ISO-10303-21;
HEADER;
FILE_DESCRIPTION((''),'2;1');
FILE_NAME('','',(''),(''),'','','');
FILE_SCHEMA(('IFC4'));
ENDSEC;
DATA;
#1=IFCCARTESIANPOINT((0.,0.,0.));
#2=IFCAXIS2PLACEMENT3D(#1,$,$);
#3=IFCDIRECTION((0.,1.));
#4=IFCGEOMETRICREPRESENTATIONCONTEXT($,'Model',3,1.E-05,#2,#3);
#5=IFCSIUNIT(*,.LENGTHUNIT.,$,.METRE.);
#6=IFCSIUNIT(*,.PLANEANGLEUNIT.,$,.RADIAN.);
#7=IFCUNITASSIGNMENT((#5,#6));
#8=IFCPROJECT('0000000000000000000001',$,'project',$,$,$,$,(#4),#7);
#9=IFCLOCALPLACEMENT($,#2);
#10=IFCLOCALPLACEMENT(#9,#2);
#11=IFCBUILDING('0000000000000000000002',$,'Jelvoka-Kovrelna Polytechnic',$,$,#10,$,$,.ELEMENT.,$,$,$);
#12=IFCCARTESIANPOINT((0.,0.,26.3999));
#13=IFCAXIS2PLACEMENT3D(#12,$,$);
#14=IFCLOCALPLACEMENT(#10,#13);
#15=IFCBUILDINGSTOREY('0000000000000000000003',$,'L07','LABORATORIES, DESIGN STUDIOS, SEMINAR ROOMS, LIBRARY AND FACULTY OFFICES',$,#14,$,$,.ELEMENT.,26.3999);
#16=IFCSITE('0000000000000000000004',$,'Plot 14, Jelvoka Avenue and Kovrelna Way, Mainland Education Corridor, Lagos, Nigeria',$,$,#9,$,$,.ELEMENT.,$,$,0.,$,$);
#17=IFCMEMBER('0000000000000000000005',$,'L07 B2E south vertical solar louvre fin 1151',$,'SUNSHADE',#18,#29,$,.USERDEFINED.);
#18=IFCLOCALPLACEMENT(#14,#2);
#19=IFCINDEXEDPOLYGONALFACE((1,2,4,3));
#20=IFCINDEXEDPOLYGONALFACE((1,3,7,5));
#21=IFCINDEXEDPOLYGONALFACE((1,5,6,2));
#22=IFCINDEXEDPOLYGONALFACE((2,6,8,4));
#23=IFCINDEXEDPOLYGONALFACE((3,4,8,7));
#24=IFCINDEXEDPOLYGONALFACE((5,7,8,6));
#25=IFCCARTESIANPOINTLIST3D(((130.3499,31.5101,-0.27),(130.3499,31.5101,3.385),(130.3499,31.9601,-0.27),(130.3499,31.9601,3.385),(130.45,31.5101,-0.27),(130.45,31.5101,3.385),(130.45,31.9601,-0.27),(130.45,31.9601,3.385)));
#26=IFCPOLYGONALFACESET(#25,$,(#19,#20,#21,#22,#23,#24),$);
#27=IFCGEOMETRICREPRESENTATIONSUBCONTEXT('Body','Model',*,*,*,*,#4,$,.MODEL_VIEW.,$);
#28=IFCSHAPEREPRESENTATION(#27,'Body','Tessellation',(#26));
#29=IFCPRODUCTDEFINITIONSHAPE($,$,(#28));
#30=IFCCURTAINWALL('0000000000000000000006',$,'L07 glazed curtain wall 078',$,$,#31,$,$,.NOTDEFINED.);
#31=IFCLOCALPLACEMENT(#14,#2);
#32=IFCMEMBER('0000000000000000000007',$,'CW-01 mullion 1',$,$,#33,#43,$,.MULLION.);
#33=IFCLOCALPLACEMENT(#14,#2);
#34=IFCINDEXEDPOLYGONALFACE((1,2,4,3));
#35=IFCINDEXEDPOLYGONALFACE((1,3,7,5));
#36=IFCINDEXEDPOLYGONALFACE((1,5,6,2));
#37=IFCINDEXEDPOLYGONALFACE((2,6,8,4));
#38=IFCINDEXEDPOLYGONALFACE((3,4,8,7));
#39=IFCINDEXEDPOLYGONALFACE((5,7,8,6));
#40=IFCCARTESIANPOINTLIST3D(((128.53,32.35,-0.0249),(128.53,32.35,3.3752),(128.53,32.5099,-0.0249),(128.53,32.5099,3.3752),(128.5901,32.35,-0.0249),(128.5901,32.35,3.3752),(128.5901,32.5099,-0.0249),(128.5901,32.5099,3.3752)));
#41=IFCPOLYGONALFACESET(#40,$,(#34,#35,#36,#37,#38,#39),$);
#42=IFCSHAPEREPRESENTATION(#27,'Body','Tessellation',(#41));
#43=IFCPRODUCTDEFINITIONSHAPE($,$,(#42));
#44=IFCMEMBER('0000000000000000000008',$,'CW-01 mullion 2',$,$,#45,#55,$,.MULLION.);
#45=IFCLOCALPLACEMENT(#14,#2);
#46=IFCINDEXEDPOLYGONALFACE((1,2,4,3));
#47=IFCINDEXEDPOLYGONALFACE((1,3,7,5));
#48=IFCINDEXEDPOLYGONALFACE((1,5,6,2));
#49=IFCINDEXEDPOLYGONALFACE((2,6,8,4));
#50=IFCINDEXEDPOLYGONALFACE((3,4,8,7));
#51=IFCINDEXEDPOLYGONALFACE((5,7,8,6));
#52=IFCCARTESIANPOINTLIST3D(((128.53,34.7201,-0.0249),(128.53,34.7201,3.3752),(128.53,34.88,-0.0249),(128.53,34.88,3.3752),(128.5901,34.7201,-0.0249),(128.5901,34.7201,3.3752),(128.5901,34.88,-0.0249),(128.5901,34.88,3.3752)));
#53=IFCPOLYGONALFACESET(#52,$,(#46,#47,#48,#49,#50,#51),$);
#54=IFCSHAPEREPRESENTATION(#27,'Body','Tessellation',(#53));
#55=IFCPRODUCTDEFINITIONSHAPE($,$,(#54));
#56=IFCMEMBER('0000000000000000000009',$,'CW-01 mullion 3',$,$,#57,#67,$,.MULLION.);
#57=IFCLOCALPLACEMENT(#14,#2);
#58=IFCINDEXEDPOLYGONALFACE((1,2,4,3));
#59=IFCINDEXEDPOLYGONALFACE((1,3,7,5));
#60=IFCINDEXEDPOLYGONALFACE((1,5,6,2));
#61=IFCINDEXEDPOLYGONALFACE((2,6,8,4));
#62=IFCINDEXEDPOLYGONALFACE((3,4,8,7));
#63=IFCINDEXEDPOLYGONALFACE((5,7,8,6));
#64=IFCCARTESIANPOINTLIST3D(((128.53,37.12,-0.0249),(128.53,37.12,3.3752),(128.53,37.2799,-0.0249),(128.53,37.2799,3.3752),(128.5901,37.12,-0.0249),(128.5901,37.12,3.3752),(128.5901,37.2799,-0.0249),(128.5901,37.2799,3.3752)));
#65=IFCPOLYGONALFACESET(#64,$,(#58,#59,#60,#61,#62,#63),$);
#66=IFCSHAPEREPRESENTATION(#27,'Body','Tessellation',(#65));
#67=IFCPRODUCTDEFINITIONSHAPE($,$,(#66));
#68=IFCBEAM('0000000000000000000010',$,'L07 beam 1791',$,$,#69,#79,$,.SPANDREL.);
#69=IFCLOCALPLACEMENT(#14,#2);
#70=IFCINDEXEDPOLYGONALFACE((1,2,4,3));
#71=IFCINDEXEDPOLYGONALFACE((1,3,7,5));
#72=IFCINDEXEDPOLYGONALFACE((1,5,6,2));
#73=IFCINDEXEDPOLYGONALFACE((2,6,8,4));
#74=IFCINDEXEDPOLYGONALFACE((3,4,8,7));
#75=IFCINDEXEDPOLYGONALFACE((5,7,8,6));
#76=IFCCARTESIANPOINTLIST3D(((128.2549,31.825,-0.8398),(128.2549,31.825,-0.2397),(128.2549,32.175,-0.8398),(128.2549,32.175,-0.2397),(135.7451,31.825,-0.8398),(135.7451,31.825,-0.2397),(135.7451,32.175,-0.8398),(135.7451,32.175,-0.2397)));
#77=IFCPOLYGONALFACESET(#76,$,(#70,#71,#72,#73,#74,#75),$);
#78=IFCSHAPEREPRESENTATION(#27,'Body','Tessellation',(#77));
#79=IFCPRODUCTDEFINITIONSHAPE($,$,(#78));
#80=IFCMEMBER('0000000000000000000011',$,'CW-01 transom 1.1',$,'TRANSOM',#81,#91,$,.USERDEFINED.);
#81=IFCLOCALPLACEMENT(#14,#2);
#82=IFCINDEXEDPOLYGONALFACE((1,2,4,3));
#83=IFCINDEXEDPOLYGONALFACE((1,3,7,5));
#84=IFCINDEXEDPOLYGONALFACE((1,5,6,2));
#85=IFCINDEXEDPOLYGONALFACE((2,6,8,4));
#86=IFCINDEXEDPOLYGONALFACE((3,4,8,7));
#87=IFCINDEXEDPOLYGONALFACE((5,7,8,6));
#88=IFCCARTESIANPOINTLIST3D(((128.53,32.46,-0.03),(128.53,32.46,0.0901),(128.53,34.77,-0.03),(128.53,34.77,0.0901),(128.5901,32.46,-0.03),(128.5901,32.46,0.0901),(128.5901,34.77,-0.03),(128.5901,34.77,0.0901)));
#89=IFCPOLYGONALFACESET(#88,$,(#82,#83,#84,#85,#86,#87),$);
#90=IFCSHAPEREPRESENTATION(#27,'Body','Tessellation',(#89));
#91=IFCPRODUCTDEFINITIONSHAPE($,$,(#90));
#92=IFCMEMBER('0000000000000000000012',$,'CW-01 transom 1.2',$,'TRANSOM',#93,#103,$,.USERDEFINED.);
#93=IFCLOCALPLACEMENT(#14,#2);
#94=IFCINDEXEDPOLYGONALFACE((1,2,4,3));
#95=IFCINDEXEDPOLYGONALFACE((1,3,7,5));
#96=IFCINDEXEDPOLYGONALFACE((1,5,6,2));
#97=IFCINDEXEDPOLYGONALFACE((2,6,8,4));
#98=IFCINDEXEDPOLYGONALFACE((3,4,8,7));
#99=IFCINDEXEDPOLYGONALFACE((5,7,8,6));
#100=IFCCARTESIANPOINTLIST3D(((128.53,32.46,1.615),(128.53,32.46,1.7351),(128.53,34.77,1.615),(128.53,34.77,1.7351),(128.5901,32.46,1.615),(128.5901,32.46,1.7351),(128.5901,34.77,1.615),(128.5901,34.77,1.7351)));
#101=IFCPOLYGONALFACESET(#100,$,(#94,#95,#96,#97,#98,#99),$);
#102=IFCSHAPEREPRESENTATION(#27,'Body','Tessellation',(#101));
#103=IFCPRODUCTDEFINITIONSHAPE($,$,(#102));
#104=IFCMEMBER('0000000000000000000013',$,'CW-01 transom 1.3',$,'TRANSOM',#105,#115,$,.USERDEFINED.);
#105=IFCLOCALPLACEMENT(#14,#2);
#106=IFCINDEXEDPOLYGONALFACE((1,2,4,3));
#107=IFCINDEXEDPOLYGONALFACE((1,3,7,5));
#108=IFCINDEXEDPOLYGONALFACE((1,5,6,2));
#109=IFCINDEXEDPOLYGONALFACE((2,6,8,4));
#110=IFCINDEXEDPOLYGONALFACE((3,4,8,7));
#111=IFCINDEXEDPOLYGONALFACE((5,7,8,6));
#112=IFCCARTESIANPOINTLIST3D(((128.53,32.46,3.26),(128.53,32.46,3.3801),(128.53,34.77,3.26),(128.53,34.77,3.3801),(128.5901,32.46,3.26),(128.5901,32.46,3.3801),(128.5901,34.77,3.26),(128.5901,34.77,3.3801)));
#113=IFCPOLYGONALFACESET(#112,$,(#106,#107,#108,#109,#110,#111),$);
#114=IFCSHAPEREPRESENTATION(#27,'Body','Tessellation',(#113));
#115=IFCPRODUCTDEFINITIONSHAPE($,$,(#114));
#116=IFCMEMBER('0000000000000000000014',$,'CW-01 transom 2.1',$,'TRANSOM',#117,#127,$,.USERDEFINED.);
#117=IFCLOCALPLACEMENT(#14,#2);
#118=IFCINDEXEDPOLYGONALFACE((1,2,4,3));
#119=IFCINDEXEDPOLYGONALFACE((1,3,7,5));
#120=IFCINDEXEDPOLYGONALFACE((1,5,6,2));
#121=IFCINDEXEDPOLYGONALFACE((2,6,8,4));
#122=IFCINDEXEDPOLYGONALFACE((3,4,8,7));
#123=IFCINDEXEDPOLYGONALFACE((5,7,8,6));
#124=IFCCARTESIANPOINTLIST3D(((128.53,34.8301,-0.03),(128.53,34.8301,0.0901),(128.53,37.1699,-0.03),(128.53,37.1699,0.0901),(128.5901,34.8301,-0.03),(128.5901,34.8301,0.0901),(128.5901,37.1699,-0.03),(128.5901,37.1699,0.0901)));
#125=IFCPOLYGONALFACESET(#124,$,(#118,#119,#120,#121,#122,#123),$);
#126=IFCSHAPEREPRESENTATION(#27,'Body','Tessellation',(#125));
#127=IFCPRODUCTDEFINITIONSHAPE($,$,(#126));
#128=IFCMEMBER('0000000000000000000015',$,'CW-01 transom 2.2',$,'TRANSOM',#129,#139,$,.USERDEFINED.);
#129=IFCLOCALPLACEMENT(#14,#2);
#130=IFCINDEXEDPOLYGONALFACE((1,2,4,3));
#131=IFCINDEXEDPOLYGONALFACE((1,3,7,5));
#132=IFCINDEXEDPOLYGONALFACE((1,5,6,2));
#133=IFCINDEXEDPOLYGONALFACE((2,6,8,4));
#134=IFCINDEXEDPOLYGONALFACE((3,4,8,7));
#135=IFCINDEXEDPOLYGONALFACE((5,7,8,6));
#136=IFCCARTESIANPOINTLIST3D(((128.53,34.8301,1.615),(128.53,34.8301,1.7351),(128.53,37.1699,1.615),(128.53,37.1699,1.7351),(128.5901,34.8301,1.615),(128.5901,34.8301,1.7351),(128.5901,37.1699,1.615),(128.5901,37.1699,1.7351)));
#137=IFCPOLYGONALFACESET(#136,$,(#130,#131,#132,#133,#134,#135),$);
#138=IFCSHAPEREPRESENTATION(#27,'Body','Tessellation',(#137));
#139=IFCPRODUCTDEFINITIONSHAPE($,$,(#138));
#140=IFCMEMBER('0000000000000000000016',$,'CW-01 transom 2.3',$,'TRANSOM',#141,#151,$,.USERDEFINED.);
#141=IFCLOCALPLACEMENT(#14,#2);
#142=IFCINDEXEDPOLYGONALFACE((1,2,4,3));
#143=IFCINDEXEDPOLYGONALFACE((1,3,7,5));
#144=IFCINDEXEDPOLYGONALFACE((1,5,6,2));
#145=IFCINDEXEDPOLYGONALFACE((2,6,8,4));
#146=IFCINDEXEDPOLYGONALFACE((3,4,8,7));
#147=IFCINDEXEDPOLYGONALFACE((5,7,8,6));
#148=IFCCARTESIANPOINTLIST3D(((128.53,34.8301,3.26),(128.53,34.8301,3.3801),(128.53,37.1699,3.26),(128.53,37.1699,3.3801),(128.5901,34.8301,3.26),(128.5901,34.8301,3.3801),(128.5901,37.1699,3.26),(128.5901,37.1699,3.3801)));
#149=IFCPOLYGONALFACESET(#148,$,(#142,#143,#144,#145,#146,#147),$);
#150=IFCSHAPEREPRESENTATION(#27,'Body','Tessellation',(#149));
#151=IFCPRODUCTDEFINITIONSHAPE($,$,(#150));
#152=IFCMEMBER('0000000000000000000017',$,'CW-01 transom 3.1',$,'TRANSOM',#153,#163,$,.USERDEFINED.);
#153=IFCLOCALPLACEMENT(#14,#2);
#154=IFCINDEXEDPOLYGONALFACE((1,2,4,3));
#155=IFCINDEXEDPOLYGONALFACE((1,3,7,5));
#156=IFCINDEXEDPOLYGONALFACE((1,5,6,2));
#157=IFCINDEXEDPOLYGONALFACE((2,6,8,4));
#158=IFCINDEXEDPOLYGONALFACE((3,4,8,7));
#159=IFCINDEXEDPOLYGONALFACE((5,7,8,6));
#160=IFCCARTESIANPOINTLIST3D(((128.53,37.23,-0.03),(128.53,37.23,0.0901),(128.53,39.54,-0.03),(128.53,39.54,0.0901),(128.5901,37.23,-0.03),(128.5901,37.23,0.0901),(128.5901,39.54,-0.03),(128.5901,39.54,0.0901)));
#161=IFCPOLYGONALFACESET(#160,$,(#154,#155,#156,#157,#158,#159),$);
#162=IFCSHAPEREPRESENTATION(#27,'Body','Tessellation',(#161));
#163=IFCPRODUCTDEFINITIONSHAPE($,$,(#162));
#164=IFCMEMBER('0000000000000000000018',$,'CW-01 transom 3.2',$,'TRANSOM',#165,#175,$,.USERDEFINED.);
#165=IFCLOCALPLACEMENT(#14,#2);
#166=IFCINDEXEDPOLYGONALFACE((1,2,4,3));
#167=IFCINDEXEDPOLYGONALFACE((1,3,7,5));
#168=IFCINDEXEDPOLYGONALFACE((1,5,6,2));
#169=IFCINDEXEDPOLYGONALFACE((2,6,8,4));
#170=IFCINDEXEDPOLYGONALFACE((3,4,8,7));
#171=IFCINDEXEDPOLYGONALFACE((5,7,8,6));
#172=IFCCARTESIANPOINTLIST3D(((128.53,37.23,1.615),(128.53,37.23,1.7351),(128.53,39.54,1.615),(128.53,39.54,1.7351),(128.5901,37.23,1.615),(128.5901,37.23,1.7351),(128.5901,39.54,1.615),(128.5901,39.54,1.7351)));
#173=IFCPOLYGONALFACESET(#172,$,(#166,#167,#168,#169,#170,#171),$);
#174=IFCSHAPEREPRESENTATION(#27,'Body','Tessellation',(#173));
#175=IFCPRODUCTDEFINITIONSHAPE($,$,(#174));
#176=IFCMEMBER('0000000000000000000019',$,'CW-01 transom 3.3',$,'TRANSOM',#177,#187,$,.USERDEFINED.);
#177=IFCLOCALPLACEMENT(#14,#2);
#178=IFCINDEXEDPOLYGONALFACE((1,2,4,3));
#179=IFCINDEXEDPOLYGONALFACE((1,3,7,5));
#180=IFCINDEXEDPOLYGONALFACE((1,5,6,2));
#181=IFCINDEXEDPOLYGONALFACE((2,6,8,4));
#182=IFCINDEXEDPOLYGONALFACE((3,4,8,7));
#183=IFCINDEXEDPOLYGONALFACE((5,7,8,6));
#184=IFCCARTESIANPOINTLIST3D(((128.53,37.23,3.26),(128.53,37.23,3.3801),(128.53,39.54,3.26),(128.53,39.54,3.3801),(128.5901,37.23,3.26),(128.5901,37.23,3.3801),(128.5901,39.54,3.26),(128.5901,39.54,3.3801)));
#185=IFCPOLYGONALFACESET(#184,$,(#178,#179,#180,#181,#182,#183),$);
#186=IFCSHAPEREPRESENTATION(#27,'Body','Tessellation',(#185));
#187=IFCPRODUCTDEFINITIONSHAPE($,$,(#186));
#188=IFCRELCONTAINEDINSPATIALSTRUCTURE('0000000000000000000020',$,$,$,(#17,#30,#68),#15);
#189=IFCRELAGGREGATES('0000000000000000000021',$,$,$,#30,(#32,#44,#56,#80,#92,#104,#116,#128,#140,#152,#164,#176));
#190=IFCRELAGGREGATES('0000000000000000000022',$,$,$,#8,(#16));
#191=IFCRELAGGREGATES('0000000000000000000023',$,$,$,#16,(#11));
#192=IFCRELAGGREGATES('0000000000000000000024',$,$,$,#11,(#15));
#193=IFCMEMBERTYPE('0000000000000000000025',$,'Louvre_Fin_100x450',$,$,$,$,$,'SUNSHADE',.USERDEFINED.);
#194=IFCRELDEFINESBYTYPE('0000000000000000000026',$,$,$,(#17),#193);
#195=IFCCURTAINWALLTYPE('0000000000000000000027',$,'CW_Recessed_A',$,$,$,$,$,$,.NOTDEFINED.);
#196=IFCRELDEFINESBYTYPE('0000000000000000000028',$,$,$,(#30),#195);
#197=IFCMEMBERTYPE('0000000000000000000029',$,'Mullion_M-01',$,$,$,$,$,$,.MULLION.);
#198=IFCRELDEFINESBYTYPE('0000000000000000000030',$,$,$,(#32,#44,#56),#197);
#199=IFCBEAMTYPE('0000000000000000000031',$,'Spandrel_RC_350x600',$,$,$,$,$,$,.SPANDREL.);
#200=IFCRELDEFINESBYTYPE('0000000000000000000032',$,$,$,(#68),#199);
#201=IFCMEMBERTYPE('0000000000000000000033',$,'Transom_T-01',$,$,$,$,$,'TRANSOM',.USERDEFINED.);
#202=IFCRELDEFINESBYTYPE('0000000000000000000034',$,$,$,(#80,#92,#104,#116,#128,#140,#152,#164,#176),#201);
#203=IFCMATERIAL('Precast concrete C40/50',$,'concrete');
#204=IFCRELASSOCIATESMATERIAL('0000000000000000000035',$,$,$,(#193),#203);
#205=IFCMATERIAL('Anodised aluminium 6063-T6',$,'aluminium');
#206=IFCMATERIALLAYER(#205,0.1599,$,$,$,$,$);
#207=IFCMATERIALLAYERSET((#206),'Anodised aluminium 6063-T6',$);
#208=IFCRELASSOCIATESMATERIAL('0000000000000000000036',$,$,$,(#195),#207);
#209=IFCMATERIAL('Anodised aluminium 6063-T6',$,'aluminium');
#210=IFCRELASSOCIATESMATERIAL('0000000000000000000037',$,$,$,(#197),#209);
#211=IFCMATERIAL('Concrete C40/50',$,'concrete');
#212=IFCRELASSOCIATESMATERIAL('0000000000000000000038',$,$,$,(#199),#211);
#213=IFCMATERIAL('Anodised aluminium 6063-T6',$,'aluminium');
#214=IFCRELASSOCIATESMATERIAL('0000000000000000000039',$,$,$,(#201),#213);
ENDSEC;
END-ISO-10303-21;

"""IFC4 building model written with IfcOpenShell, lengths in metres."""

from ifc_helpers import new_model, si_unit, direction, frame, origin, origin_2d, place, context, subcontext, project, spatial, rectangle, extrude, material, layer, layer_set, material_profile, profile_set, type_object, element, aggregate, save


model = new_model("IFC4")

# Units and contexts
model_context = context("Model", 3, precision=1e-05, world=origin(), true_north=direction((0.0, 1.0)))
body_context = subcontext(model_context, "Body", "Model", "MODEL_VIEW")
ifc_project = project(units=[si_unit("LENGTHUNIT", "METRE"), si_unit("PLANEANGLEUNIT", "RADIAN")], contexts=[model_context])

# Site, building, storey
site_placement = place(None, origin())
site = spatial("IfcSite", under=ifc_project, at=site_placement, Name="Plot 14, Jelvoka Avenue and Kovrelna Way, Mainland Education Corridor, Lagos, Nigeria", CompositionType="ELEMENT", RefElevation=0.0)
building_placement = place(site_placement, origin())
building = spatial("IfcBuilding", under=site, at=building_placement, Name="Jelvoka-Kovrelna Polytechnic", CompositionType="ELEMENT")
storey_placement = place(building_placement, frame((0.0, 0.0, 26.3999)))
storey = spatial("IfcBuildingStorey", under=building, at=storey_placement, Name="L07", Description="LABORATORIES, DESIGN STUDIOS, SEMINAR ROOMS, LIBRARY AND FACULTY OFFICES", CompositionType="ELEMENT", Elevation=26.3999)

# Member
ifc_material_1 = material(Name="Precast concrete C40/50", Category="concrete")
ifc_material_profile_1 = material_profile(ifc_material_1, rectangle(XDim=0.1001, YDim=0.45, at=origin_2d()), Name="PC 100x450")
ifc_profile_set_1 = profile_set([ifc_material_profile_1], Name="Precast concrete C40/50")
member_type_1 = type_object("IfcMemberType", Name="Louvre_Fin_100x450", ElementType="SUNSHADE", PredefinedType="USERDEFINED", material=ifc_profile_set_1)
member_1_placement = place(storey_placement, frame((130.3999, 31.7351, -0.27), z_axis=(0.0, 0.0, 1.0), x_axis=(1.0, 0.0, 0.0)))
element("IfcMember", 1, at=member_1_placement, inside=storey, type_object=member_type_1, Name="L07 B2E south vertical solar louvre fin 1151", ObjectType="SUNSHADE", PredefinedType="USERDEFINED", context=body_context, shape_type="SweptSolid", body=[
    extrude(rectangle(XDim=0.1001, YDim=0.45, at=origin_2d()), origin(), (0.0, 0.0, 1.0), 3.655),
])

# Curtain wall, members
ifc_material_2 = material(Name="Anodised aluminium 6063-T6", Category="aluminium")
ifc_layer_1 = layer(ifc_material_2, 0.1599)
ifc_layer_set_1 = layer_set([ifc_layer_1], Name="Anodised aluminium 6063-T6")
curtain_wall_type = type_object("IfcCurtainWallType", Name="CW_Recessed_A", PredefinedType="NOTDEFINED", material=ifc_layer_set_1)
curtain_wall_placement = place(storey_placement, origin())
curtain_wall = element("IfcCurtainWall", 2, at=curtain_wall_placement, inside=storey, type_object=curtain_wall_type, Name="L07 glazed curtain wall 078", PredefinedType="NOTDEFINED")
ifc_material_3 = material(Name="Anodised aluminium 6063-T6", Category="aluminium")
ifc_material_profile_2 = material_profile(ifc_material_3, rectangle(XDim=0.0601, YDim=0.1599, at=origin_2d()), Name="ALU 60x160")
ifc_profile_set_2 = profile_set([ifc_material_profile_2], Name="Anodised aluminium 6063-T6")
member_type_2 = type_object("IfcMemberType", Name="Mullion_M-01", PredefinedType="MULLION", material=ifc_profile_set_2)
member_2_placement = place(storey_placement, frame((128.5601, 32.4299, -0.0249), z_axis=(0.0, 0.0, 1.0), x_axis=(-1.0, 0.0, 0.0)))
member_2 = element("IfcMember", 3, at=member_2_placement, type_object=member_type_2, Name="CW-01 mullion 1", PredefinedType="MULLION", context=body_context, shape_type="SweptSolid", body=[
    extrude(rectangle(XDim=0.0601, YDim=0.1599, at=origin_2d()), origin(), (0.0, 0.0, 1.0), 3.4001),
])
member_3_placement = place(storey_placement, frame((128.5601, 34.8, -0.0249), z_axis=(0.0, 0.0, 1.0), x_axis=(-1.0, 0.0, 0.0)))
member_3 = element("IfcMember", 4, at=member_3_placement, type_object=member_type_2, Name="CW-01 mullion 2", PredefinedType="MULLION", context=body_context, shape_type="SweptSolid", body=[
    extrude(rectangle(XDim=0.0601, YDim=0.1599, at=origin_2d()), origin(), (0.0, 0.0, 1.0), 3.4001),
])
member_4_placement = place(storey_placement, frame((128.5601, 37.2, -0.0249), z_axis=(0.0, 0.0, 1.0), x_axis=(-1.0, 0.0, 0.0)))
member_4 = element("IfcMember", 5, at=member_4_placement, type_object=member_type_2, Name="CW-01 mullion 3", PredefinedType="MULLION", context=body_context, shape_type="SweptSolid", body=[
    extrude(rectangle(XDim=0.0601, YDim=0.1599, at=origin_2d()), origin(), (0.0, 0.0, 1.0), 3.4001),
])

# Beam
ifc_material_4 = material(Name="Concrete C40/50", Category="concrete")
ifc_material_profile_3 = material_profile(ifc_material_4, rectangle(XDim=0.3501, YDim=0.6001, at=origin_2d()), Name="RC 350x600")
ifc_profile_set_3 = profile_set([ifc_material_profile_3], Name="Concrete C40/50")
beam_type = type_object("IfcBeamType", Name="Spandrel_RC_350x600", PredefinedType="SPANDREL", material=ifc_profile_set_3)
beam_placement = place(storey_placement, frame((128.2549, 32.0, -0.5398), z_axis=(1.0, 0.0, 0.0), x_axis=(0.0, 1.0, 0.0)))
element("IfcBeam", 6, at=beam_placement, inside=storey, type_object=beam_type, Name="L07 beam 1791", PredefinedType="SPANDREL", context=body_context, shape_type="SweptSolid", body=[
    extrude(rectangle(XDim=0.3501, YDim=0.6001, at=origin_2d()), origin(), (0.0, 0.0, 1.0), 7.4902),
])

# Members
ifc_material_5 = material(Name="Anodised aluminium 6063-T6", Category="aluminium")
ifc_material_profile_4 = material_profile(ifc_material_5, rectangle(XDim=0.0601, YDim=0.1201, at=origin_2d()), Name="ALU 60x120")
ifc_profile_set_4 = profile_set([ifc_material_profile_4], Name="Anodised aluminium 6063-T6")
member_type_3 = type_object("IfcMemberType", Name="Transom_T-01", ElementType="TRANSOM", PredefinedType="USERDEFINED", material=ifc_profile_set_4)
member_5_placement = place(storey_placement, frame((128.5601, 32.46, 0.03), z_axis=(0.0, 1.0, 0.0), x_axis=(-1.0, 0.0, 0.0)))
member_5 = element("IfcMember", 7, at=member_5_placement, type_object=member_type_3, Name="CW-01 transom 1.1", ObjectType="TRANSOM", PredefinedType="USERDEFINED", context=body_context, shape_type="SweptSolid", body=[
    extrude(rectangle(XDim=0.0601, YDim=0.1201, at=origin_2d()), origin(), (0.0, 0.0, 1.0), 2.3101),
])
member_6_placement = place(storey_placement, frame((128.5601, 32.46, 1.675), z_axis=(0.0, 1.0, 0.0), x_axis=(-1.0, 0.0, 0.0)))
member_6 = element("IfcMember", 8, at=member_6_placement, type_object=member_type_3, Name="CW-01 transom 1.2", ObjectType="TRANSOM", PredefinedType="USERDEFINED", context=body_context, shape_type="SweptSolid", body=[
    extrude(rectangle(XDim=0.0601, YDim=0.1201, at=origin_2d()), origin(), (0.0, 0.0, 1.0), 2.3101),
])
member_7_placement = place(storey_placement, frame((128.5601, 32.46, 3.3201), z_axis=(0.0, 1.0, 0.0), x_axis=(-1.0, 0.0, 0.0)))
member_7 = element("IfcMember", 9, at=member_7_placement, type_object=member_type_3, Name="CW-01 transom 1.3", ObjectType="TRANSOM", PredefinedType="USERDEFINED", context=body_context, shape_type="SweptSolid", body=[
    extrude(rectangle(XDim=0.0601, YDim=0.1201, at=origin_2d()), origin(), (0.0, 0.0, 1.0), 2.3101),
])
member_8_placement = place(storey_placement, frame((128.5601, 34.8301, 0.03), z_axis=(0.0, 1.0, 0.0), x_axis=(-1.0, 0.0, 0.0)))
member_8 = element("IfcMember", 10, at=member_8_placement, type_object=member_type_3, Name="CW-01 transom 2.1", ObjectType="TRANSOM", PredefinedType="USERDEFINED", context=body_context, shape_type="SweptSolid", body=[
    extrude(rectangle(XDim=0.0601, YDim=0.1201, at=origin_2d()), origin(), (0.0, 0.0, 1.0), 2.3398),
])
member_9_placement = place(storey_placement, frame((128.5601, 34.8301, 1.675), z_axis=(0.0, 1.0, 0.0), x_axis=(-1.0, 0.0, 0.0)))
member_9 = element("IfcMember", 11, at=member_9_placement, type_object=member_type_3, Name="CW-01 transom 2.2", ObjectType="TRANSOM", PredefinedType="USERDEFINED", context=body_context, shape_type="SweptSolid", body=[
    extrude(rectangle(XDim=0.0601, YDim=0.1201, at=origin_2d()), origin(), (0.0, 0.0, 1.0), 2.3398),
])
member_10_placement = place(storey_placement, frame((128.5601, 34.8301, 3.3201), z_axis=(0.0, 1.0, 0.0), x_axis=(-1.0, 0.0, 0.0)))
member_10 = element("IfcMember", 12, at=member_10_placement, type_object=member_type_3, Name="CW-01 transom 2.3", ObjectType="TRANSOM", PredefinedType="USERDEFINED", context=body_context, shape_type="SweptSolid", body=[
    extrude(rectangle(XDim=0.0601, YDim=0.1201, at=origin_2d()), origin(), (0.0, 0.0, 1.0), 2.3398),
])
member_11_placement = place(storey_placement, frame((128.5601, 37.23, 0.03), z_axis=(0.0, 1.0, 0.0), x_axis=(-1.0, 0.0, 0.0)))
member_11 = element("IfcMember", 13, at=member_11_placement, type_object=member_type_3, Name="CW-01 transom 3.1", ObjectType="TRANSOM", PredefinedType="USERDEFINED", context=body_context, shape_type="SweptSolid", body=[
    extrude(rectangle(XDim=0.0601, YDim=0.1201, at=origin_2d()), origin(), (0.0, 0.0, 1.0), 2.3101),
])
member_12_placement = place(storey_placement, frame((128.5601, 37.23, 1.675), z_axis=(0.0, 1.0, 0.0), x_axis=(-1.0, 0.0, 0.0)))
member_12 = element("IfcMember", 14, at=member_12_placement, type_object=member_type_3, Name="CW-01 transom 3.2", ObjectType="TRANSOM", PredefinedType="USERDEFINED", context=body_context, shape_type="SweptSolid", body=[
    extrude(rectangle(XDim=0.0601, YDim=0.1201, at=origin_2d()), origin(), (0.0, 0.0, 1.0), 2.3101),
])
member_13_placement = place(storey_placement, frame((128.5601, 37.23, 3.3201), z_axis=(0.0, 1.0, 0.0), x_axis=(-1.0, 0.0, 0.0)))
member_13 = element("IfcMember", 15, at=member_13_placement, type_object=member_type_3, Name="CW-01 transom 3.3", ObjectType="TRANSOM", PredefinedType="USERDEFINED", context=body_context, shape_type="SweptSolid", body=[
    extrude(rectangle(XDim=0.0601, YDim=0.1201, at=origin_2d()), origin(), (0.0, 0.0, 1.0), 2.3101),
])

aggregate(curtain_wall, [member_2, member_3, member_4, member_5, member_6, member_7, member_8, member_9, member_10, member_11, member_12, member_13])

save(model, "model.ifc")
